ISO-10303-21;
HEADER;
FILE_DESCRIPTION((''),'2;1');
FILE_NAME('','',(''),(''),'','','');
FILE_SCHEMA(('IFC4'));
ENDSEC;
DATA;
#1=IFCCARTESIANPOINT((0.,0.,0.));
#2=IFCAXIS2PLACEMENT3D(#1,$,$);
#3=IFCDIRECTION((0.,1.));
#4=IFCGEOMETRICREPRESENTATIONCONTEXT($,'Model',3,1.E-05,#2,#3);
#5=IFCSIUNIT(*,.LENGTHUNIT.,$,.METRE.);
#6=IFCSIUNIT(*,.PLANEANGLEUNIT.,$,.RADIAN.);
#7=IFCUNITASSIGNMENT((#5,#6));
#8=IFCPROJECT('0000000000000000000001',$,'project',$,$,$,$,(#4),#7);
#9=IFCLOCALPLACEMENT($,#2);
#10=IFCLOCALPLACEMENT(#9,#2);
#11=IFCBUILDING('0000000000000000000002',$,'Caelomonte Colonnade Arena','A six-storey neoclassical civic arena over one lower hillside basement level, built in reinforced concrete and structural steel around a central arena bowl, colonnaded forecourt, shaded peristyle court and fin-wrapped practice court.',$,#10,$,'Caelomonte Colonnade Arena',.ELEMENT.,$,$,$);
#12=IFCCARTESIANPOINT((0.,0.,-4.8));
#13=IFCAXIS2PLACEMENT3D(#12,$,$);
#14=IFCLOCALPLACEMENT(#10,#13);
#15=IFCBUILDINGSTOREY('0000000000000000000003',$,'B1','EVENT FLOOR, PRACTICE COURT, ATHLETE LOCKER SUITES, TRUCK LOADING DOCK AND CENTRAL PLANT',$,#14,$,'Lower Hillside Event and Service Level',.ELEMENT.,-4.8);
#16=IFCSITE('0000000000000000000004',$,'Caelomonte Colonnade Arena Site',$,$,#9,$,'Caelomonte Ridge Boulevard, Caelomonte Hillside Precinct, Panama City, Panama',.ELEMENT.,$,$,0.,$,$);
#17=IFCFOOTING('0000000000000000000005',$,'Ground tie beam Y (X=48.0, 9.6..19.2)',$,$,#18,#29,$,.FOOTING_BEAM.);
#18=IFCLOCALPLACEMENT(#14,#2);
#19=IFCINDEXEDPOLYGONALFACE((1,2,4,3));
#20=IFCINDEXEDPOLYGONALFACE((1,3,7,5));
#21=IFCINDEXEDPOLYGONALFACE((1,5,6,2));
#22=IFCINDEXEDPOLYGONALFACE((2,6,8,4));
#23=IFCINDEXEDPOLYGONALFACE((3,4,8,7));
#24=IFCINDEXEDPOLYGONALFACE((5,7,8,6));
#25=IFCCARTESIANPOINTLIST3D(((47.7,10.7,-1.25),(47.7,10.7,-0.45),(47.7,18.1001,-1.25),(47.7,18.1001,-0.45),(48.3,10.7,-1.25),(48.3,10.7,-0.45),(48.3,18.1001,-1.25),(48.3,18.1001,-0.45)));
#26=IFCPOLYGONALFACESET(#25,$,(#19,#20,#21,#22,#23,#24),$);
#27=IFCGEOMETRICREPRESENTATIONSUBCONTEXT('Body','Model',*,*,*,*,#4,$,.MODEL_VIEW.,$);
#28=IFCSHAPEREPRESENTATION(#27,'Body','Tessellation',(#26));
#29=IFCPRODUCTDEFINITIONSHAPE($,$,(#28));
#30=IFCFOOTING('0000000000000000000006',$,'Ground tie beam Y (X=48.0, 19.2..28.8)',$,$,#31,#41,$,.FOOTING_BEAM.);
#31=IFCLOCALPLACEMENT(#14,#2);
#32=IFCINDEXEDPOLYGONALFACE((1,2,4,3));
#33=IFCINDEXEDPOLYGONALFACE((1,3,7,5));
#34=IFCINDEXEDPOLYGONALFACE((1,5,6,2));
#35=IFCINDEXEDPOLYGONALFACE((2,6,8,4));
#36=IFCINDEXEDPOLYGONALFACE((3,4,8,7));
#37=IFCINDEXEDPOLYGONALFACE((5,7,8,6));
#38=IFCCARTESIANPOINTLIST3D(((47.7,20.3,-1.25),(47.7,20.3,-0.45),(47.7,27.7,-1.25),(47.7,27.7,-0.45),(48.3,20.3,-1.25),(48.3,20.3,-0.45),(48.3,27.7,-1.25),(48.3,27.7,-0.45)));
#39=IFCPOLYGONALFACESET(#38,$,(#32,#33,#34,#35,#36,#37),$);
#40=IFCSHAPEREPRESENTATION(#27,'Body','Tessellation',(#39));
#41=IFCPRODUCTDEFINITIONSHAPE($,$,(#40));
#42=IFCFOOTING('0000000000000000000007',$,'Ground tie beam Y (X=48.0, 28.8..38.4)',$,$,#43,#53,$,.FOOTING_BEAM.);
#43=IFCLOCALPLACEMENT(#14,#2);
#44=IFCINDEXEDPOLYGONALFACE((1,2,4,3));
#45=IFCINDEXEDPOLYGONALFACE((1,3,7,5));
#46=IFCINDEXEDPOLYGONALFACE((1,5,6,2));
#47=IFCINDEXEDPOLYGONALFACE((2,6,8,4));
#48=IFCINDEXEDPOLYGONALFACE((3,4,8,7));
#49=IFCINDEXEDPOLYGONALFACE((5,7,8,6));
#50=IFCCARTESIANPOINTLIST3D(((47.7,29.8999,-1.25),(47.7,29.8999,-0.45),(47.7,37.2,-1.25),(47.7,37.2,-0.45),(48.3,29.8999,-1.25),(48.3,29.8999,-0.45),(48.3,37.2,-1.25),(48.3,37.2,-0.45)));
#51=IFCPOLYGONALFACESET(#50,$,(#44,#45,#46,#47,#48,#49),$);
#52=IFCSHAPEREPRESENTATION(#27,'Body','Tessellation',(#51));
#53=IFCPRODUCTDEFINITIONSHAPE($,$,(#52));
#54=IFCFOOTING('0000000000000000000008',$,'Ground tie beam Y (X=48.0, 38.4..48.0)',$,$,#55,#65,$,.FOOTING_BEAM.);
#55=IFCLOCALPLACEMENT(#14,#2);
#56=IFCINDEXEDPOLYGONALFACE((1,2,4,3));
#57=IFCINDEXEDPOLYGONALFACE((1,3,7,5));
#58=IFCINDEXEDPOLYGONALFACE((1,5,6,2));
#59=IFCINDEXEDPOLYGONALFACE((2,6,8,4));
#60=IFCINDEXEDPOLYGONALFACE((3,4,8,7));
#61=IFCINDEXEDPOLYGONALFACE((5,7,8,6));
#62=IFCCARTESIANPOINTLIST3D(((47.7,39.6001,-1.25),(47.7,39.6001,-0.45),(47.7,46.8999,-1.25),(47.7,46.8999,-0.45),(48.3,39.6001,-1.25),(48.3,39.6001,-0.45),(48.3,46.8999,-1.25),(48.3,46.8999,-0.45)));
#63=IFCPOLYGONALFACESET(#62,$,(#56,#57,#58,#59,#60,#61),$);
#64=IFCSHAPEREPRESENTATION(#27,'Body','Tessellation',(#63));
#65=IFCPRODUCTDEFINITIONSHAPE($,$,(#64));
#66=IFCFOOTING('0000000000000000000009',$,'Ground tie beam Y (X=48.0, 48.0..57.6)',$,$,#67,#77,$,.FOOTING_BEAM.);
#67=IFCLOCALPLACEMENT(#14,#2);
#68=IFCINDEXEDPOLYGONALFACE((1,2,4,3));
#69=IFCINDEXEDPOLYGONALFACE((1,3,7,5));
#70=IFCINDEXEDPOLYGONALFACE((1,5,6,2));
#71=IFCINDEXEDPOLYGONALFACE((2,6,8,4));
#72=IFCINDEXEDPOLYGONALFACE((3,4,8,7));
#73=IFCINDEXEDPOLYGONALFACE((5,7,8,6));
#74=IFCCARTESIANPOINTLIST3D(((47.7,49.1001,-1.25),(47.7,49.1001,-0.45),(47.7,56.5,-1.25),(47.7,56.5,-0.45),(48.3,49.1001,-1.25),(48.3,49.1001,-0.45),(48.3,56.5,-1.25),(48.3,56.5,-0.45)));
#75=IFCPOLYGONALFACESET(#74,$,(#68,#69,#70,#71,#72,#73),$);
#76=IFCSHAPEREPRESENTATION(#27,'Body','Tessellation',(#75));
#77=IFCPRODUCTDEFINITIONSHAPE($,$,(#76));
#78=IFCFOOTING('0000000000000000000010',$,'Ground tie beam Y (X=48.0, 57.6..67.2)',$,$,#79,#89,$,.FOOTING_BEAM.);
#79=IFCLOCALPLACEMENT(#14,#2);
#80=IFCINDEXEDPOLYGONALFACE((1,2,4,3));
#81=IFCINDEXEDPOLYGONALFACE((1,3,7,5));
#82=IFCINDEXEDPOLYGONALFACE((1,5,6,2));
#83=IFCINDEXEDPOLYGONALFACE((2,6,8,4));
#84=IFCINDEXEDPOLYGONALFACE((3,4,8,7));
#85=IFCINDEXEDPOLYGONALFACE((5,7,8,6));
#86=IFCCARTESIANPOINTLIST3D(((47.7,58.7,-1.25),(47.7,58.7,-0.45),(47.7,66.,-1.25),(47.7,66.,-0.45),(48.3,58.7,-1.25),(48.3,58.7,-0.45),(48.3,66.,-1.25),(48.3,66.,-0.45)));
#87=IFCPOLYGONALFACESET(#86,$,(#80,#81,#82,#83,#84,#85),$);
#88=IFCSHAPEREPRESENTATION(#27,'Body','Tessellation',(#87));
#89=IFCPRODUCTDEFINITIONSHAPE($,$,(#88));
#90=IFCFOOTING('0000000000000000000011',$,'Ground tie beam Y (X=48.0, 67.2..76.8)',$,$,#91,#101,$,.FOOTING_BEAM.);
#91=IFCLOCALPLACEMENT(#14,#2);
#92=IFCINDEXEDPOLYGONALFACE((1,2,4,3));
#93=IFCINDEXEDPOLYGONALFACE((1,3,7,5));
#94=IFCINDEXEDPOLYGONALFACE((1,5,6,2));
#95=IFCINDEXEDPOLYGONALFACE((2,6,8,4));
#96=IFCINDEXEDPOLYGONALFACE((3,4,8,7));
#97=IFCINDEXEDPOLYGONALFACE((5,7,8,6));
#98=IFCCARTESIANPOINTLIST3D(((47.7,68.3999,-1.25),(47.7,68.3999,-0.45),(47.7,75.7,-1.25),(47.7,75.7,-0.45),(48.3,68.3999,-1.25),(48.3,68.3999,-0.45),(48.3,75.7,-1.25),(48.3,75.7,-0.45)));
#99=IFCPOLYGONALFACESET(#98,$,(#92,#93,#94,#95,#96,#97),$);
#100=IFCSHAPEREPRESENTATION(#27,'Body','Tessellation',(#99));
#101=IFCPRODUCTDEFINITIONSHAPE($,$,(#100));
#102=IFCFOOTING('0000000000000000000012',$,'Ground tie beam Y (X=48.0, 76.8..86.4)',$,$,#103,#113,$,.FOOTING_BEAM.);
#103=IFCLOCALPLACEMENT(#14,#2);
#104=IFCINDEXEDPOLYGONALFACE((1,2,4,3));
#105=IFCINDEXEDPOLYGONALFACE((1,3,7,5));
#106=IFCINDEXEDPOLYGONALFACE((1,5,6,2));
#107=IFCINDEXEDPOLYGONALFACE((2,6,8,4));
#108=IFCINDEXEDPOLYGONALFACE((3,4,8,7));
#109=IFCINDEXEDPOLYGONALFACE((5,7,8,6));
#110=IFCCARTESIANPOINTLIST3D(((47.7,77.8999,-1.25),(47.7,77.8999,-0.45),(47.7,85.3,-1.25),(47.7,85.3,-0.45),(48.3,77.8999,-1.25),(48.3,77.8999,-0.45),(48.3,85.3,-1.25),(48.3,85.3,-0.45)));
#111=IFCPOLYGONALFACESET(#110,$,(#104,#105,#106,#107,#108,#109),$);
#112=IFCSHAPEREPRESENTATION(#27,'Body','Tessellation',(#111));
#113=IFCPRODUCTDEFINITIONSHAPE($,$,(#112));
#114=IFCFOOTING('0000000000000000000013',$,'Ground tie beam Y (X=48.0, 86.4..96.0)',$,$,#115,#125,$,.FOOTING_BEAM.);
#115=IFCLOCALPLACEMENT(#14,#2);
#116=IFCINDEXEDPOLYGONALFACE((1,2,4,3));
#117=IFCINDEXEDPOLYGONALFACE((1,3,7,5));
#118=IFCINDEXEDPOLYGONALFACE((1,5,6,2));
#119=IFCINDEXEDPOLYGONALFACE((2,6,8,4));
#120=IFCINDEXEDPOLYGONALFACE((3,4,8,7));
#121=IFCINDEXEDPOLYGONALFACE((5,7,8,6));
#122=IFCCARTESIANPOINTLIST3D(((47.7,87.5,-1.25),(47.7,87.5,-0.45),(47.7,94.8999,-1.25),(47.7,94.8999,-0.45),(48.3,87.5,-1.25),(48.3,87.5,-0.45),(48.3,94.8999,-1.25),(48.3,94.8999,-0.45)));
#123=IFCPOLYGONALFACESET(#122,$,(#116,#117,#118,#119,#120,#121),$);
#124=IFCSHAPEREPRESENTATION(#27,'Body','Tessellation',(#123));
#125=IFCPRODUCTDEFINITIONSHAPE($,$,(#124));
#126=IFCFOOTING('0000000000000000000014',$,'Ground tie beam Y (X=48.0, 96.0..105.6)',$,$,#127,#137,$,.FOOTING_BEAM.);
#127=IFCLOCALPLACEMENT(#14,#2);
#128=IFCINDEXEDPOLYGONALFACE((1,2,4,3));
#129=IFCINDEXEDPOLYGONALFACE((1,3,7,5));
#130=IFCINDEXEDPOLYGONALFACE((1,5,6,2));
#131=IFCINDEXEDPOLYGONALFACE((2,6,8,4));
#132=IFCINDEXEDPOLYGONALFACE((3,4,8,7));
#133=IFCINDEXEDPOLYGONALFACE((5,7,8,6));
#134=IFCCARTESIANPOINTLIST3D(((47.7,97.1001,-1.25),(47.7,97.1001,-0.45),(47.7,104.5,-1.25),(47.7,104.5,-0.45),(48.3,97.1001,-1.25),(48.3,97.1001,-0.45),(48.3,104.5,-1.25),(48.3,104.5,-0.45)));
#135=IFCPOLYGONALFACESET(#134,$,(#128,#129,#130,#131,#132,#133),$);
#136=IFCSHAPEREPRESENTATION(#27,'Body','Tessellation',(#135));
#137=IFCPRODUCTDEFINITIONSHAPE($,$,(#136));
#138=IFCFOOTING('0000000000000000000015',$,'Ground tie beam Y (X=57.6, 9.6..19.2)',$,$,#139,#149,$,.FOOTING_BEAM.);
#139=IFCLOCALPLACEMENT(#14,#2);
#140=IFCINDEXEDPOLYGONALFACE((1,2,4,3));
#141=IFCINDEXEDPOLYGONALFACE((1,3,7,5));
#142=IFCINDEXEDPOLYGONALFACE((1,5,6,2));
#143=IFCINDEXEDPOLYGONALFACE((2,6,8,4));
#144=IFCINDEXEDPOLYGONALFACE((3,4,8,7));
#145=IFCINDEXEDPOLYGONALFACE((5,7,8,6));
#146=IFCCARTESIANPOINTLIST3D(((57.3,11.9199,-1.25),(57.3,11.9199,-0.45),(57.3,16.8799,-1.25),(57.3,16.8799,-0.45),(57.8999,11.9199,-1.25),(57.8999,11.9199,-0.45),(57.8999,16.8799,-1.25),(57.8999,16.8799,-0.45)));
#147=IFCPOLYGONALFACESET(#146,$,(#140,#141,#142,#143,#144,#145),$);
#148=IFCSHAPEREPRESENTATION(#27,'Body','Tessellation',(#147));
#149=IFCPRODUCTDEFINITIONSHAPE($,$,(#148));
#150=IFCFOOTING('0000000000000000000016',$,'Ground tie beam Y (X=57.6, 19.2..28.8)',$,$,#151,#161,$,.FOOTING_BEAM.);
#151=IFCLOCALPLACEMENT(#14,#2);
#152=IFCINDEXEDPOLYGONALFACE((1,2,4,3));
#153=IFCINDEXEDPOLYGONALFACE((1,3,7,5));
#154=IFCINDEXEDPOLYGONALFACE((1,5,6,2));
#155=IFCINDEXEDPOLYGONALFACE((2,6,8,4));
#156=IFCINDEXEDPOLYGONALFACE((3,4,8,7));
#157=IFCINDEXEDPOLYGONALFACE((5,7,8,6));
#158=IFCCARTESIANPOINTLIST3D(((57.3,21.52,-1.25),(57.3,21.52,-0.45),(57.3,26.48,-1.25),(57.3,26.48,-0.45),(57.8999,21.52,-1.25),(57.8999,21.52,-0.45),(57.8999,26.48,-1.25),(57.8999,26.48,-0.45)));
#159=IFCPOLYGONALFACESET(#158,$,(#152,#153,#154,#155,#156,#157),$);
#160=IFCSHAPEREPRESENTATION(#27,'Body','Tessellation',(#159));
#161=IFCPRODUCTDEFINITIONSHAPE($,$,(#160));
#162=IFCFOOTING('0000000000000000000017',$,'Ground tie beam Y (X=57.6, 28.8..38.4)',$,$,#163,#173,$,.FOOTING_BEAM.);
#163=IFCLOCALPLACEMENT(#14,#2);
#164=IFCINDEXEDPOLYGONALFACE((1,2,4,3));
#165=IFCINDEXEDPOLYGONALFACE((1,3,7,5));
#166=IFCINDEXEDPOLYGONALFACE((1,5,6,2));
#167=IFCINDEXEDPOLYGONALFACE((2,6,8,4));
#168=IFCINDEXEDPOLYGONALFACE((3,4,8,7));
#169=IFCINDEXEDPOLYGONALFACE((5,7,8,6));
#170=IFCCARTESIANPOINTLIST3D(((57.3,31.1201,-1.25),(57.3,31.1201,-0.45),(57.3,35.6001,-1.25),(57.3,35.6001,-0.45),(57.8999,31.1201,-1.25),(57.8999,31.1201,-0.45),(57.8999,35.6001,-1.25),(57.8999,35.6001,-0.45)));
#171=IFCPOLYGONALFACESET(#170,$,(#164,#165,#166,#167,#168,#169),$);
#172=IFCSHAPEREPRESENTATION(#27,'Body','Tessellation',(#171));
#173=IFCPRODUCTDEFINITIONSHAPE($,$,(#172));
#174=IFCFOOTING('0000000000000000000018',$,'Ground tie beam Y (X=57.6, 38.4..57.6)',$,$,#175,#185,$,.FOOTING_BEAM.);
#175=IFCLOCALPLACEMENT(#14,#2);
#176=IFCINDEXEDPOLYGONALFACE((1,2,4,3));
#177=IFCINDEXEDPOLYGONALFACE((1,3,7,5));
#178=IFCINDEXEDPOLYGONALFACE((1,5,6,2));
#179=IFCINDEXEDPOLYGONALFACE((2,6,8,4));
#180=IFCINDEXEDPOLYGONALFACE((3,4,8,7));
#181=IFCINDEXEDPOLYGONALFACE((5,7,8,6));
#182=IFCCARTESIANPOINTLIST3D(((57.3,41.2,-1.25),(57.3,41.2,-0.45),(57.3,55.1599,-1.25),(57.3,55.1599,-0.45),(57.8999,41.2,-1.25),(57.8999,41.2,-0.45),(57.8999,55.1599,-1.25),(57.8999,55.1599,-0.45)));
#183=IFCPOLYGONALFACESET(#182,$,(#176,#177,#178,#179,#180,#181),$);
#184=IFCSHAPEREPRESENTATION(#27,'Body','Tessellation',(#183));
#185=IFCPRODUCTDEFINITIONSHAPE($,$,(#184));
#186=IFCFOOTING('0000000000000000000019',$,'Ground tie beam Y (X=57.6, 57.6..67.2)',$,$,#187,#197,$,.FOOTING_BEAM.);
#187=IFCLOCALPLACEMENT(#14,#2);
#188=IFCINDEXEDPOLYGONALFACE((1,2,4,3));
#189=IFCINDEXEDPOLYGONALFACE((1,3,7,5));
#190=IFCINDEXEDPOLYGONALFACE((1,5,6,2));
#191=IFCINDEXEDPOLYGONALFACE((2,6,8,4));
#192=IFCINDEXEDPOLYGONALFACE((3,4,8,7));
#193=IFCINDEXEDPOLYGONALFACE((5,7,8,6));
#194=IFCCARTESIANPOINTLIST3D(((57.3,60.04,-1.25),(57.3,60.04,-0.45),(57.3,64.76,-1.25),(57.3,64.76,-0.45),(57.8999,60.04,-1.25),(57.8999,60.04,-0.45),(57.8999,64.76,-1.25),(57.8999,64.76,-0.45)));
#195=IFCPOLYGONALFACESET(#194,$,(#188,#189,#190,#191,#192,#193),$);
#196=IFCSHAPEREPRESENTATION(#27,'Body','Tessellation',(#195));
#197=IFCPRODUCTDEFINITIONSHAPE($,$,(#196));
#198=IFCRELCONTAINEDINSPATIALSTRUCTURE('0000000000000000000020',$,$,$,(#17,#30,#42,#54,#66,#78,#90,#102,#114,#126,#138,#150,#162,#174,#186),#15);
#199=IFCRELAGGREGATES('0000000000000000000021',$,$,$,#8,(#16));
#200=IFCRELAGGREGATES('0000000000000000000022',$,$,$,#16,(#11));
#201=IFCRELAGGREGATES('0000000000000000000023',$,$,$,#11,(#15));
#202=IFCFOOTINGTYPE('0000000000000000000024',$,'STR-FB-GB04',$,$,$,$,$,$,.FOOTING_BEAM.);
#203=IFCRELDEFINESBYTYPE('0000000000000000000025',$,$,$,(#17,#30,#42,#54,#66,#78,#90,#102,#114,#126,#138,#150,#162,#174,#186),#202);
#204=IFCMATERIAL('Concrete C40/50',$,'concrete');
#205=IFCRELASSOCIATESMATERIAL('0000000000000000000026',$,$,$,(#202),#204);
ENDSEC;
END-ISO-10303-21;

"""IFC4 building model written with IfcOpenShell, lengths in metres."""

from ifc_helpers import new_model, si_unit, direction, frame, origin, place, context, subcontext, project, spatial, polyline, outline, extrude, material, type_object, element, save


model = new_model("IFC4")

# Units and contexts
model_context = context("Model", 3, precision=1e-05, world=origin(), true_north=direction((0.0, 1.0)))
body_context = subcontext(model_context, "Body", "Model", "MODEL_VIEW")
ifc_project = project(units=[si_unit("LENGTHUNIT", "METRE"), si_unit("PLANEANGLEUNIT", "RADIAN")], contexts=[model_context])

# Site, building, storey
site_placement = place(None, origin())
site = spatial("IfcSite", under=ifc_project, at=site_placement, Name="Caelomonte Colonnade Arena Site", LongName="Caelomonte Ridge Boulevard, Caelomonte Hillside Precinct, Panama City, Panama", CompositionType="ELEMENT", RefElevation=0.0)
building_placement = place(site_placement, origin())
building = spatial("IfcBuilding", under=site, at=building_placement, Name="Caelomonte Colonnade Arena", Description="A six-storey neoclassical civic arena over one lower hillside basement level, built in reinforced concrete and structural steel around a central arena bowl, colonnaded forecourt, shaded peristyle court and fin-wrapped practice court.", LongName="Caelomonte Colonnade Arena", CompositionType="ELEMENT")
storey_placement = place(building_placement, frame((0.0, 0.0, -4.8)))
storey = spatial("IfcBuildingStorey", under=building, at=storey_placement, Name="B1", Description="EVENT FLOOR, PRACTICE COURT, ATHLETE LOCKER SUITES, TRUCK LOADING DOCK AND CENTRAL PLANT", LongName="Lower Hillside Event and Service Level", CompositionType="ELEMENT", Elevation=-4.8)

# Footings
ifc_material = material(Name="Concrete C40/50", Category="concrete")
footing_type = type_object("IfcFootingType", Name="STR-FB-GB04", PredefinedType="FOOTING_BEAM", material=ifc_material)
footing_1_placement = place(storey_placement, frame((0.0, 0.0, -1.25)))
element("IfcFooting", 1, at=footing_1_placement, inside=storey, type_object=footing_type, Name="Ground tie beam Y (X=48.0, 9.6..19.2)", PredefinedType="FOOTING_BEAM", context=body_context, shape_type="SweptSolid", body=[
    extrude(outline(polyline([(47.7, 10.7), (48.3, 10.7), (48.3, 18.1001), (47.7, 18.1001), (47.7, 10.7)])), origin(), (0.0, 0.0, 1.0), 0.8),
])
footing_2_placement = place(storey_placement, frame((0.0, 0.0, -1.25)))
element("IfcFooting", 2, at=footing_2_placement, inside=storey, type_object=footing_type, Name="Ground tie beam Y (X=48.0, 19.2..28.8)", PredefinedType="FOOTING_BEAM", context=body_context, shape_type="SweptSolid", body=[
    extrude(outline(polyline([(47.7, 20.3), (48.3, 20.3), (48.3, 27.7), (47.7, 27.7), (47.7, 20.3)])), origin(), (0.0, 0.0, 1.0), 0.8),
])
footing_3_placement = place(storey_placement, frame((0.0, 0.0, -1.25)))
element("IfcFooting", 3, at=footing_3_placement, inside=storey, type_object=footing_type, Name="Ground tie beam Y (X=48.0, 28.8..38.4)", PredefinedType="FOOTING_BEAM", context=body_context, shape_type="SweptSolid", body=[
    extrude(outline(polyline([(47.7, 29.8999), (48.3, 29.8999), (48.3, 37.2), (47.7, 37.2), (47.7, 29.8999)])), origin(), (0.0, 0.0, 1.0), 0.8),
])
footing_4_placement = place(storey_placement, frame((0.0, 0.0, -1.25)))
element("IfcFooting", 4, at=footing_4_placement, inside=storey, type_object=footing_type, Name="Ground tie beam Y (X=48.0, 38.4..48.0)", PredefinedType="FOOTING_BEAM", context=body_context, shape_type="SweptSolid", body=[
    extrude(outline(polyline([(47.7, 39.6001), (48.3, 39.6001), (48.3, 46.8999), (47.7, 46.8999), (47.7, 39.6001)])), origin(), (0.0, 0.0, 1.0), 0.8),
])
footing_5_placement = place(storey_placement, frame((0.0, 0.0, -1.25)))
element("IfcFooting", 5, at=footing_5_placement, inside=storey, type_object=footing_type, Name="Ground tie beam Y (X=48.0, 48.0..57.6)", PredefinedType="FOOTING_BEAM", context=body_context, shape_type="SweptSolid", body=[
    extrude(outline(polyline([(47.7, 49.1001), (48.3, 49.1001), (48.3, 56.5), (47.7, 56.5), (47.7, 49.1001)])), origin(), (0.0, 0.0, 1.0), 0.8),
])
footing_6_placement = place(storey_placement, frame((0.0, 0.0, -1.25)))
element("IfcFooting", 6, at=footing_6_placement, inside=storey, type_object=footing_type, Name="Ground tie beam Y (X=48.0, 57.6..67.2)", PredefinedType="FOOTING_BEAM", context=body_context, shape_type="SweptSolid", body=[
    extrude(outline(polyline([(47.7, 58.7), (48.3, 58.7), (48.3, 66.0), (47.7, 66.0), (47.7, 58.7)])), origin(), (0.0, 0.0, 1.0), 0.8),
])
footing_7_placement = place(storey_placement, frame((0.0, 0.0, -1.25)))
element("IfcFooting", 7, at=footing_7_placement, inside=storey, type_object=footing_type, Name="Ground tie beam Y (X=48.0, 67.2..76.8)", PredefinedType="FOOTING_BEAM", context=body_context, shape_type="SweptSolid", body=[
    extrude(outline(polyline([(47.7, 68.3999), (48.3, 68.3999), (48.3, 75.7), (47.7, 75.7), (47.7, 68.3999)])), origin(), (0.0, 0.0, 1.0), 0.8),
])
footing_8_placement = place(storey_placement, frame((0.0, 0.0, -1.25)))
element("IfcFooting", 8, at=footing_8_placement, inside=storey, type_object=footing_type, Name="Ground tie beam Y (X=48.0, 76.8..86.4)", PredefinedType="FOOTING_BEAM", context=body_context, shape_type="SweptSolid", body=[
    extrude(outline(polyline([(47.7, 77.8999), (48.3, 77.8999), (48.3, 85.3), (47.7, 85.3), (47.7, 77.8999)])), origin(), (0.0, 0.0, 1.0), 0.8),
])
footing_9_placement = place(storey_placement, frame((0.0, 0.0, -1.25)))
element("IfcFooting", 9, at=footing_9_placement, inside=storey, type_object=footing_type, Name="Ground tie beam Y (X=48.0, 86.4..96.0)", PredefinedType="FOOTING_BEAM", context=body_context, shape_type="SweptSolid", body=[
    extrude(outline(polyline([(47.7, 87.5), (48.3, 87.5), (48.3, 94.8999), (47.7, 94.8999), (47.7, 87.5)])), origin(), (0.0, 0.0, 1.0), 0.8),
])
footing_10_placement = place(storey_placement, frame((0.0, 0.0, -1.25)))
element("IfcFooting", 10, at=footing_10_placement, inside=storey, type_object=footing_type, Name="Ground tie beam Y (X=48.0, 96.0..105.6)", PredefinedType="FOOTING_BEAM", context=body_context, shape_type="SweptSolid", body=[
    extrude(outline(polyline([(47.7, 97.1001), (48.3, 97.1001), (48.3, 104.5), (47.7, 104.5), (47.7, 97.1001)])), origin(), (0.0, 0.0, 1.0), 0.8),
])
footing_11_placement = place(storey_placement, frame((0.0, 0.0, -1.25)))
element("IfcFooting", 11, at=footing_11_placement, inside=storey, type_object=footing_type, Name="Ground tie beam Y (X=57.6, 9.6..19.2)", PredefinedType="FOOTING_BEAM", context=body_context, shape_type="SweptSolid", body=[
    extrude(outline(polyline([(57.3, 11.9199), (57.8999, 11.9199), (57.8999, 16.8799), (57.3, 16.8799), (57.3, 11.9199)])), origin(), (0.0, 0.0, 1.0), 0.8),
])
footing_12_placement = place(storey_placement, frame((0.0, 0.0, -1.25)))
element("IfcFooting", 12, at=footing_12_placement, inside=storey, type_object=footing_type, Name="Ground tie beam Y (X=57.6, 19.2..28.8)", PredefinedType="FOOTING_BEAM", context=body_context, shape_type="SweptSolid", body=[
    extrude(outline(polyline([(57.3, 21.52), (57.8999, 21.52), (57.8999, 26.48), (57.3, 26.48), (57.3, 21.52)])), origin(), (0.0, 0.0, 1.0), 0.8),
])
footing_13_placement = place(storey_placement, frame((0.0, 0.0, -1.25)))
element("IfcFooting", 13, at=footing_13_placement, inside=storey, type_object=footing_type, Name="Ground tie beam Y (X=57.6, 28.8..38.4)", PredefinedType="FOOTING_BEAM", context=body_context, shape_type="SweptSolid", body=[
    extrude(outline(polyline([(57.3, 31.1201), (57.8999, 31.1201), (57.8999, 35.6001), (57.3, 35.6001), (57.3, 31.1201)])), origin(), (0.0, 0.0, 1.0), 0.8),
])
footing_14_placement = place(storey_placement, frame((0.0, 0.0, -1.25)))
element("IfcFooting", 14, at=footing_14_placement, inside=storey, type_object=footing_type, Name="Ground tie beam Y (X=57.6, 38.4..57.6)", PredefinedType="FOOTING_BEAM", context=body_context, shape_type="SweptSolid", body=[
    extrude(outline(polyline([(57.3, 41.2), (57.8999, 41.2), (57.8999, 55.1599), (57.3, 55.1599), (57.3, 41.2)])), origin(), (0.0, 0.0, 1.0), 0.8),
])
footing_15_placement = place(storey_placement, frame((0.0, 0.0, -1.25)))
element("IfcFooting", 15, at=footing_15_placement, inside=storey, type_object=footing_type, Name="Ground tie beam Y (X=57.6, 57.6..67.2)", PredefinedType="FOOTING_BEAM", context=body_context, shape_type="SweptSolid", body=[
    extrude(outline(polyline([(57.3, 60.04), (57.8999, 60.04), (57.8999, 64.76), (57.3, 64.76), (57.3, 60.04)])), origin(), (0.0, 0.0, 1.0), 0.8),
])

save(model, "model.ifc")
